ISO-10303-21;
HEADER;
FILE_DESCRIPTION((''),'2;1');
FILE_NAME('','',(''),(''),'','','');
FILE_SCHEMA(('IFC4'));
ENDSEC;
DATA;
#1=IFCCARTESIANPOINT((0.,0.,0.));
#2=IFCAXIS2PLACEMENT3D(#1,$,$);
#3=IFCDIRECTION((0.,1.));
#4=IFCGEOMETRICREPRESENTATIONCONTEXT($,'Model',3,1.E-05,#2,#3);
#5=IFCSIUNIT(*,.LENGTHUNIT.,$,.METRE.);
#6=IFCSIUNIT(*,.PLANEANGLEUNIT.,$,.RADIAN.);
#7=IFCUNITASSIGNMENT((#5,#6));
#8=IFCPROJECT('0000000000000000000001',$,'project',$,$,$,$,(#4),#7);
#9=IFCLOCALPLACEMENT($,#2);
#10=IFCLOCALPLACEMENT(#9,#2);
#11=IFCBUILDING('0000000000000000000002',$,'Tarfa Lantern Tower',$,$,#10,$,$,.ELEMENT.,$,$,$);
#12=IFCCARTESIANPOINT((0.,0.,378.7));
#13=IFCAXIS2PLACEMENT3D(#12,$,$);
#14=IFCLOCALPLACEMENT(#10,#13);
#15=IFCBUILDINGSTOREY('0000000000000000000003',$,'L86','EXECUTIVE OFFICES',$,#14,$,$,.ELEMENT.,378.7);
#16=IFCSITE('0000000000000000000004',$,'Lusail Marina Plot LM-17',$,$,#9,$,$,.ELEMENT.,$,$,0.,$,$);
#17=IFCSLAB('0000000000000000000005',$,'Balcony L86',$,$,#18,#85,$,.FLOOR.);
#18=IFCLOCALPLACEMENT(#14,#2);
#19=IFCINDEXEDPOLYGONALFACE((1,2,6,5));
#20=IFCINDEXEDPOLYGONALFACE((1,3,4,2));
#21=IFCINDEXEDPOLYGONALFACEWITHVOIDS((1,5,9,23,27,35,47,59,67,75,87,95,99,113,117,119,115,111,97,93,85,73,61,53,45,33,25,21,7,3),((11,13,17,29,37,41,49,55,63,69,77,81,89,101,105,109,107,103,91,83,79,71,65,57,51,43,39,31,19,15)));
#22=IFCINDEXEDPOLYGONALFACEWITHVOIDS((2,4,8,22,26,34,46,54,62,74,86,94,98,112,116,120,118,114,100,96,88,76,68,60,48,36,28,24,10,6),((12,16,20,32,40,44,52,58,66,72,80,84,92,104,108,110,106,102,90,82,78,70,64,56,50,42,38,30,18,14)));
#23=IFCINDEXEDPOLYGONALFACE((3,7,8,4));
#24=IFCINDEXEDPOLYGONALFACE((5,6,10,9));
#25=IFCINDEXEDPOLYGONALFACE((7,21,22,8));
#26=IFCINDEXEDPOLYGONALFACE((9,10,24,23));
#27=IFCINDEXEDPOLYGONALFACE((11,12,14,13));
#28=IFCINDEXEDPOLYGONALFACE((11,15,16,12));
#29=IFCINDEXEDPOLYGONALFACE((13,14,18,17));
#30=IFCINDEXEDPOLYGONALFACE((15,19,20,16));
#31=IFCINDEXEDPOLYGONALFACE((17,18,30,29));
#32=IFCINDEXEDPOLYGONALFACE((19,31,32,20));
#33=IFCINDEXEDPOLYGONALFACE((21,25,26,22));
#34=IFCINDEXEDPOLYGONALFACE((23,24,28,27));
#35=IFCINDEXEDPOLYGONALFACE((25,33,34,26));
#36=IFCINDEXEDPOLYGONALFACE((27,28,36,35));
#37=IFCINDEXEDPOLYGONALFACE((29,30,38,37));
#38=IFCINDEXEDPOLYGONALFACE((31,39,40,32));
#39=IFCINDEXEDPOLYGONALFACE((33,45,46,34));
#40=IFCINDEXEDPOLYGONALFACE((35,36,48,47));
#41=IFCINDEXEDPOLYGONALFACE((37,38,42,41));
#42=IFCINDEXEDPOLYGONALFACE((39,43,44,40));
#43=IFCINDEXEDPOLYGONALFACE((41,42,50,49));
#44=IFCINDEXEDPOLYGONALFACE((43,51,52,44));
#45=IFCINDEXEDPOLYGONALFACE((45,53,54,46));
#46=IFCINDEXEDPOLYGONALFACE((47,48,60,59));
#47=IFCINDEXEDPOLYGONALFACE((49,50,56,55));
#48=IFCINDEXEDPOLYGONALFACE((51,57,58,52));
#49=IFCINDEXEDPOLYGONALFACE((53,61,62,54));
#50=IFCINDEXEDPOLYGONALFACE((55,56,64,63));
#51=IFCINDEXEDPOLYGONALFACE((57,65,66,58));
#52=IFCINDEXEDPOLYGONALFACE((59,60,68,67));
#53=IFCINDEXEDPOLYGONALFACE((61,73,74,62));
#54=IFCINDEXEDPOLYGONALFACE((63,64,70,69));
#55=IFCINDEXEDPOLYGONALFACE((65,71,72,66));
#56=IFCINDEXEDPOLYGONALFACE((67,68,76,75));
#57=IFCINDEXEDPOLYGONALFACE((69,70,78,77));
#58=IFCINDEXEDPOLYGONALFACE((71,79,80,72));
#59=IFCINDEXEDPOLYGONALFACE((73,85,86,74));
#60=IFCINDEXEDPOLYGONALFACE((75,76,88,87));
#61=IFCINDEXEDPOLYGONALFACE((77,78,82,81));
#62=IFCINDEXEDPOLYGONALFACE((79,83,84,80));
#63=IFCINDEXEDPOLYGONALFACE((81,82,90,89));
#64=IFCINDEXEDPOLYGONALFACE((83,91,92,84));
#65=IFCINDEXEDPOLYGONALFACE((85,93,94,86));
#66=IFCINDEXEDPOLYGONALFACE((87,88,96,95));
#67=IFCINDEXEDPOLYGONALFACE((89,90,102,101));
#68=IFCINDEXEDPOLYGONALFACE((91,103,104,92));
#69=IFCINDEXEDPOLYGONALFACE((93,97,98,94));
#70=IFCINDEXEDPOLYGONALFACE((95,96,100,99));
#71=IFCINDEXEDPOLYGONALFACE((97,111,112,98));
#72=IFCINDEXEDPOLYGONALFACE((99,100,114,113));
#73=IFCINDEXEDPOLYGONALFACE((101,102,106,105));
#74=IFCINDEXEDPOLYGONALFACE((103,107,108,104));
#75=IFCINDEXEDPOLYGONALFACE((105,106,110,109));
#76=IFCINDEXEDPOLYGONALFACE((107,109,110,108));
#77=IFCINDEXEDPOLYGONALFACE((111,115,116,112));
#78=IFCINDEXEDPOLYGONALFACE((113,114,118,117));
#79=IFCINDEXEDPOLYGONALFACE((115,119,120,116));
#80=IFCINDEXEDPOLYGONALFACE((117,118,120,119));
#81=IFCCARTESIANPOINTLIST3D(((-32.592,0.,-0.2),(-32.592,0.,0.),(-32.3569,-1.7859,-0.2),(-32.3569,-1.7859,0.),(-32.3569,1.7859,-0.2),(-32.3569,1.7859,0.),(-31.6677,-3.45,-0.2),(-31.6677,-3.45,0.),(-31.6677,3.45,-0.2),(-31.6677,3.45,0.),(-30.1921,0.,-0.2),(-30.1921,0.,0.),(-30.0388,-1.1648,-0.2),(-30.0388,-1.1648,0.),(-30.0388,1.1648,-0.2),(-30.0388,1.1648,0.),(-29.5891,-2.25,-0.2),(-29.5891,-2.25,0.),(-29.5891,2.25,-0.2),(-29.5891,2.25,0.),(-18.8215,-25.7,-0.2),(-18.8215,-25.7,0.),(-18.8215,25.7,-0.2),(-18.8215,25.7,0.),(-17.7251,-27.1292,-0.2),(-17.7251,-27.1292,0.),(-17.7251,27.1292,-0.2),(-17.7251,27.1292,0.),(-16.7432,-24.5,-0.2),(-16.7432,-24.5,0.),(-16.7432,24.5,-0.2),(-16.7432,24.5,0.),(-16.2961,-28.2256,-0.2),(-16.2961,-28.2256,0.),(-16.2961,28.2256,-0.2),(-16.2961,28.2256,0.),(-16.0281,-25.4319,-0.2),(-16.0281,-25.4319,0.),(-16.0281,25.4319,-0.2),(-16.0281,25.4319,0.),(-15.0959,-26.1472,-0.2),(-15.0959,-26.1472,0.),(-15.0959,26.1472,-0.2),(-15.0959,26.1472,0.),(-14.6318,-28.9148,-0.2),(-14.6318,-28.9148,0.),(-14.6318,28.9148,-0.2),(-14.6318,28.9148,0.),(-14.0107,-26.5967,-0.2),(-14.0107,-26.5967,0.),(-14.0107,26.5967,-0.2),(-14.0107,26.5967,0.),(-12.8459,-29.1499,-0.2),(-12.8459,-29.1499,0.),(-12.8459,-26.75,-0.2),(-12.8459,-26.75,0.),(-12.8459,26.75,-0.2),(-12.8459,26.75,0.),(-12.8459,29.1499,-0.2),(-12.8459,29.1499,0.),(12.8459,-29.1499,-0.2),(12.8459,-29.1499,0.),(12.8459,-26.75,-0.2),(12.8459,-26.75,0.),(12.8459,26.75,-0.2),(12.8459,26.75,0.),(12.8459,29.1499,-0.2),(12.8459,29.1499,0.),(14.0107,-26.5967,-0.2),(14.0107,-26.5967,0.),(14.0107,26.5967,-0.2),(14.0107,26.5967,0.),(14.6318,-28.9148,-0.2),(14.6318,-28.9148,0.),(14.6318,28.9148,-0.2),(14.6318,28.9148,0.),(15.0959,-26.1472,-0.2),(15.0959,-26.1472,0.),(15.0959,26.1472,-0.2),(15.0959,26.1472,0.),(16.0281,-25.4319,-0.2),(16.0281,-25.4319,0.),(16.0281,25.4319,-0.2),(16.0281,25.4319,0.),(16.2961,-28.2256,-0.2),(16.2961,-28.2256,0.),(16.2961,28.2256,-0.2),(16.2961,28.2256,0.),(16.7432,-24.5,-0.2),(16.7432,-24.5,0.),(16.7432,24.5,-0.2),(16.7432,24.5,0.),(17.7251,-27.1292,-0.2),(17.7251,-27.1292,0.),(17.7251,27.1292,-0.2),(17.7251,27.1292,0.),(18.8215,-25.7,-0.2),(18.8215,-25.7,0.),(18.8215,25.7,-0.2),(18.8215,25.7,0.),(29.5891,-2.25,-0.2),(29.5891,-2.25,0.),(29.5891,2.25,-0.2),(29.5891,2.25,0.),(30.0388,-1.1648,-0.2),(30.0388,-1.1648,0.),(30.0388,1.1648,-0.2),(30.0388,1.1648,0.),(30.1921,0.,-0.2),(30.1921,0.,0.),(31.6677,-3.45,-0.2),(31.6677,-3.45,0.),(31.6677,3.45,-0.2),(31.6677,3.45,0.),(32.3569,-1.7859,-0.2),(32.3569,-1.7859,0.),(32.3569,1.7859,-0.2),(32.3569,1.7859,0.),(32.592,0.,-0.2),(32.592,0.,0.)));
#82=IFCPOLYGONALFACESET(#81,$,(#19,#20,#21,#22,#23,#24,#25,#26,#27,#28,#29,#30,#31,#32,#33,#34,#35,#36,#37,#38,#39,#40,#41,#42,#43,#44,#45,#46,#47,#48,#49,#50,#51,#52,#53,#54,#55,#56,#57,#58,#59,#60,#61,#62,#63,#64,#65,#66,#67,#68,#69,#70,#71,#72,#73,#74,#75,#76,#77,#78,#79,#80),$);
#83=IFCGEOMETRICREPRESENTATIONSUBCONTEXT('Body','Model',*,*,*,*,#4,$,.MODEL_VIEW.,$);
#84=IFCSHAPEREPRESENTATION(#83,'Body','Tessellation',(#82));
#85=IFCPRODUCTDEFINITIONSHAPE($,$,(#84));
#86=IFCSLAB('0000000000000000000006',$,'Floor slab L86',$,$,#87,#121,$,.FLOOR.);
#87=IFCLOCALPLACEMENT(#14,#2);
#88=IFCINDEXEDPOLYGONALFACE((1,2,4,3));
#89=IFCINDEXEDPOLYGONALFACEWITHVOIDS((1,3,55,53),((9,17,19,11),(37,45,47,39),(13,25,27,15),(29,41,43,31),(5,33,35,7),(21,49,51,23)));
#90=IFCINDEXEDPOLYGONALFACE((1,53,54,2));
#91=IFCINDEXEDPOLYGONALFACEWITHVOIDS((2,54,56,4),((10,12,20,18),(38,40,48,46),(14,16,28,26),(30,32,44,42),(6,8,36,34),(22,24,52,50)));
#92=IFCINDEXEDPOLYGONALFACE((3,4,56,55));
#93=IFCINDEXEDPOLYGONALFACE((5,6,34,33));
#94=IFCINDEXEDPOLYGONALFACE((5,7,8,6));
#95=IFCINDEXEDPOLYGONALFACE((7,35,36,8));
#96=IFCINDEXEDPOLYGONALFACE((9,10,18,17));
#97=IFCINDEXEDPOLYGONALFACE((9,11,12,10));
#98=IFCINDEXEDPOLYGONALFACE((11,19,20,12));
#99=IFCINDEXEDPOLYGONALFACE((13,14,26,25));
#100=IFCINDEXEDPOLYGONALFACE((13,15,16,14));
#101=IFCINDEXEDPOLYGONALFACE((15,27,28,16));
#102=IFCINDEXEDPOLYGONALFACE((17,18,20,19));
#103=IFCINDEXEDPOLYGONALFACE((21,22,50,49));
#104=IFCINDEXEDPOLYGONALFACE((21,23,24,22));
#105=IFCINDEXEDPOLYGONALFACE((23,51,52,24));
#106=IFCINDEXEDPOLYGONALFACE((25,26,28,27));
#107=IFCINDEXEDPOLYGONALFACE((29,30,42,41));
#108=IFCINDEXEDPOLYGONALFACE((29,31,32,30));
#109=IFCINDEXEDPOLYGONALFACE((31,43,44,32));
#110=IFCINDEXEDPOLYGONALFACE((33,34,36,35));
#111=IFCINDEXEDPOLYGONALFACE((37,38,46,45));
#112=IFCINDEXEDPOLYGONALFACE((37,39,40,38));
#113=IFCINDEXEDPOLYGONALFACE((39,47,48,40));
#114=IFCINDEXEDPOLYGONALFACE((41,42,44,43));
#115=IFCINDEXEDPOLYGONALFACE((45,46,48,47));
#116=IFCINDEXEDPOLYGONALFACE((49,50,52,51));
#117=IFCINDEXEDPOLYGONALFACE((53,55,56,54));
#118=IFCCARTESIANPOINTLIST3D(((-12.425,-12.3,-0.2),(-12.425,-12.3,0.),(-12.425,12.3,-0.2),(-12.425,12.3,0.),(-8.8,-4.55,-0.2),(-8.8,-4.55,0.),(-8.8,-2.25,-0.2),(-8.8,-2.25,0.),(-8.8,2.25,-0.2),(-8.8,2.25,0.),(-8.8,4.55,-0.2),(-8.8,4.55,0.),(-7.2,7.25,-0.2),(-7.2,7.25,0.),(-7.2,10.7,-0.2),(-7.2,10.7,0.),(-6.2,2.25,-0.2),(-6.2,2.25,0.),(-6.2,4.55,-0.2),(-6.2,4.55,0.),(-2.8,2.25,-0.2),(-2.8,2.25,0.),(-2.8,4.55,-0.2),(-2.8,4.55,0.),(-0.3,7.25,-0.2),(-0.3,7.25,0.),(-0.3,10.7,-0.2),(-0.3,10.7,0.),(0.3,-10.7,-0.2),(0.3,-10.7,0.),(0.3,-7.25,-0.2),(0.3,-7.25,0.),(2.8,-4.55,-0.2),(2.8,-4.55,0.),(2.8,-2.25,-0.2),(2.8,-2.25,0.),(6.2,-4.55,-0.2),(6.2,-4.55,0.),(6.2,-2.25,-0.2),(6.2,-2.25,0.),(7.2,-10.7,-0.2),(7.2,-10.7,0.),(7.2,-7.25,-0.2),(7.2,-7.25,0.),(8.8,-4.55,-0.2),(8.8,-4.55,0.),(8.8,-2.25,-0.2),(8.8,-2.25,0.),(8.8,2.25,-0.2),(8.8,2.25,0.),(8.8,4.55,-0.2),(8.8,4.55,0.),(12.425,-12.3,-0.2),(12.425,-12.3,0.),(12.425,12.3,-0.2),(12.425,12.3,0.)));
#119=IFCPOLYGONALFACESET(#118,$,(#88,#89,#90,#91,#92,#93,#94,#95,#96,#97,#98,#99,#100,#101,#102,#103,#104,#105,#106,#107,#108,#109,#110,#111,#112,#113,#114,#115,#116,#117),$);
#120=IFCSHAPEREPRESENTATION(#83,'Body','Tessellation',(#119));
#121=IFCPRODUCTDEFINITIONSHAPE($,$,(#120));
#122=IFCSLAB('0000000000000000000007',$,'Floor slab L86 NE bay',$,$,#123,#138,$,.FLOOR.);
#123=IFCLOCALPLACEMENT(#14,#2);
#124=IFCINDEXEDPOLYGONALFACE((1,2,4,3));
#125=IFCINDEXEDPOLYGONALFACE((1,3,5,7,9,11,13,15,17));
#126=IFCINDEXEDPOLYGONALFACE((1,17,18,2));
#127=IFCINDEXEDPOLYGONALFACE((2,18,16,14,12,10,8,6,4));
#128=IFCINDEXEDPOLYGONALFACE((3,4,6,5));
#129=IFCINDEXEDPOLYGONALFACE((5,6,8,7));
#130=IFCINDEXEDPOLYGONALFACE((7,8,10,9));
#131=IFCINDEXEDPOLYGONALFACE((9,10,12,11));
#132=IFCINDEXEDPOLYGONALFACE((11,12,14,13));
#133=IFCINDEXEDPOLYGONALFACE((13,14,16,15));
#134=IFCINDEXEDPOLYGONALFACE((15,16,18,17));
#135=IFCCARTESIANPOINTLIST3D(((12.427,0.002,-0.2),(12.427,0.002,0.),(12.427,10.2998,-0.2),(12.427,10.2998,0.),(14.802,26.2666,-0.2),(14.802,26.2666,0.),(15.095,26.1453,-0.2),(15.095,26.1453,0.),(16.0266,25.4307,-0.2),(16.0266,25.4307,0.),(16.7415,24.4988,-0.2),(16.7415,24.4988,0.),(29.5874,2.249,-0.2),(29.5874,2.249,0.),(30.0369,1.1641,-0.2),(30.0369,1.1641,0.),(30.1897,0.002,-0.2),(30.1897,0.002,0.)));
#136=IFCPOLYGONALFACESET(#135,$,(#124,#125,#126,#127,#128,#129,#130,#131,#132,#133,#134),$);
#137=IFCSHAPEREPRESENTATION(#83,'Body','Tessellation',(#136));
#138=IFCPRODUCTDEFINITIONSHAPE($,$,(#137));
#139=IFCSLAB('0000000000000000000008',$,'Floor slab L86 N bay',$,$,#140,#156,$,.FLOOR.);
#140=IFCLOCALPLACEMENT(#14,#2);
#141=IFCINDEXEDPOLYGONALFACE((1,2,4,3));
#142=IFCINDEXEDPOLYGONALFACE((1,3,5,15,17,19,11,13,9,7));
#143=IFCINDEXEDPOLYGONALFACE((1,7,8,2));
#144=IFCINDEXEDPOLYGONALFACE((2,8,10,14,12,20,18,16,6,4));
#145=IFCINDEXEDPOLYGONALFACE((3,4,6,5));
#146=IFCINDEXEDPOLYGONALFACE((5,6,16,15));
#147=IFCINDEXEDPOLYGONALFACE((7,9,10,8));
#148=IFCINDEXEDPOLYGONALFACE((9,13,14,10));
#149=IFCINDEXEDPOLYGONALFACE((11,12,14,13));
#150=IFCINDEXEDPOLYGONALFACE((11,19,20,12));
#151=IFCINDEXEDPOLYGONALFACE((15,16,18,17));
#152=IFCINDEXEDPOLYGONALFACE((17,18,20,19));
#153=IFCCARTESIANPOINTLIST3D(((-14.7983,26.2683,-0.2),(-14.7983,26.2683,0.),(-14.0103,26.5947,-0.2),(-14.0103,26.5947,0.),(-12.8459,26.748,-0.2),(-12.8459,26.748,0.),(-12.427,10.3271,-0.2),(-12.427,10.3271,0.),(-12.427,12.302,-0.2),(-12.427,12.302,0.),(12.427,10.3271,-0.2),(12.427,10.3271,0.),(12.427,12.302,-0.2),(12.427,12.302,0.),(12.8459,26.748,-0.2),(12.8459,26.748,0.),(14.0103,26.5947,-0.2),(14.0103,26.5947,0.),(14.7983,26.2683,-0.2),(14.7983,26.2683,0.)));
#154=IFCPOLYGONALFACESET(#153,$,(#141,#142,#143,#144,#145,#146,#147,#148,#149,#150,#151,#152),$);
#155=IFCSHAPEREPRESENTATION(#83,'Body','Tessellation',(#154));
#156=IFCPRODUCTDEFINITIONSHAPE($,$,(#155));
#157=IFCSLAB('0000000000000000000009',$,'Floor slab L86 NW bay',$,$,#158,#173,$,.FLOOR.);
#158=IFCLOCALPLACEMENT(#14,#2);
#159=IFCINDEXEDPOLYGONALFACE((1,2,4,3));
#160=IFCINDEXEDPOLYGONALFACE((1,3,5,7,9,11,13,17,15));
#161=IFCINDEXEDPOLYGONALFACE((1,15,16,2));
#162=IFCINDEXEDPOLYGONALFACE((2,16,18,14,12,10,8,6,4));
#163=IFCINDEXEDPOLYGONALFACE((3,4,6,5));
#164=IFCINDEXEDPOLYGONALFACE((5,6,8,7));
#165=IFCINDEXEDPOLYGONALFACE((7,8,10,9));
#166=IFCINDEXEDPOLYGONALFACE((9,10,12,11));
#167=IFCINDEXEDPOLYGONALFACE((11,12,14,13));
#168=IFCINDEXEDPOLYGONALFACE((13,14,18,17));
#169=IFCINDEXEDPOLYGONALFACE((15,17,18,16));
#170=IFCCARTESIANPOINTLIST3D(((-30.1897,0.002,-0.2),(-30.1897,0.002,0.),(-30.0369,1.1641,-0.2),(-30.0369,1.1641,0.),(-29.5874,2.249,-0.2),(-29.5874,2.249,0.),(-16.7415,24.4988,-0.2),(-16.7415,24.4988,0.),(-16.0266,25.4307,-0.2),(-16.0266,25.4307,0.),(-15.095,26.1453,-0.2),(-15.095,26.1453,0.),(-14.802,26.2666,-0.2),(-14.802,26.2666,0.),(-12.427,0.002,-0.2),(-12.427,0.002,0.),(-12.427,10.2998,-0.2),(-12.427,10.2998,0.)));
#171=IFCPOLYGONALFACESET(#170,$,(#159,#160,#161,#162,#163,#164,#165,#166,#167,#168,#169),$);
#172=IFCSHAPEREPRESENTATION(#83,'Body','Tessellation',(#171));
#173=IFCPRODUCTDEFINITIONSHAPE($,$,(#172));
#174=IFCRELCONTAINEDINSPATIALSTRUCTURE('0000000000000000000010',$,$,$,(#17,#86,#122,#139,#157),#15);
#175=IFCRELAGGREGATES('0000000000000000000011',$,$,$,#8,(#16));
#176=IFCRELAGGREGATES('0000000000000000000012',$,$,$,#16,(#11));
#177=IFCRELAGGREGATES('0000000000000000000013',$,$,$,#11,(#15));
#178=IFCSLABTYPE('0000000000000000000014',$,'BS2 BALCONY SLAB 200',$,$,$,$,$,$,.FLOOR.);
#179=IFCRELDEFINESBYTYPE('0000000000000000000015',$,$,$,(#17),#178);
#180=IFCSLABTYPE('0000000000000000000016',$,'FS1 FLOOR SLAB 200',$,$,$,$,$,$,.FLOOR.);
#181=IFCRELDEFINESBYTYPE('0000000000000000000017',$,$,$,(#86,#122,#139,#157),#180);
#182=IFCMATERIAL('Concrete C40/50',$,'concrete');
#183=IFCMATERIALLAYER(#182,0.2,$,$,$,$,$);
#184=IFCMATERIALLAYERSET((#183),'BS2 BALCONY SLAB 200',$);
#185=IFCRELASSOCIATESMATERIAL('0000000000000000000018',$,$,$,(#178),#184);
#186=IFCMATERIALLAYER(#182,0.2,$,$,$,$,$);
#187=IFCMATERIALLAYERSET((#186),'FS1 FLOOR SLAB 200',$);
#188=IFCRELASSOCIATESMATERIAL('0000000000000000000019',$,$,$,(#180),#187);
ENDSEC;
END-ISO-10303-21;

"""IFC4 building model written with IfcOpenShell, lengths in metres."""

from ifc_helpers import new_model, si_unit, direction, frame, origin, place, context, subcontext, project, spatial, polyline, outline, extrude, material, layer, layer_set, type_object, element, save


model = new_model("IFC4")

# Units and contexts
model_context = context("Model", 3, precision=1e-05, world=origin(), true_north=direction((0.0, 1.0)))
body_context = subcontext(model_context, "Body", "Model", "MODEL_VIEW")
ifc_project = project(units=[si_unit("LENGTHUNIT", "METRE"), si_unit("PLANEANGLEUNIT", "RADIAN")], contexts=[model_context])

# Site, building, storey
site_placement = place(None, origin())
site = spatial("IfcSite", under=ifc_project, at=site_placement, Name="Lusail Marina Plot LM-17", CompositionType="ELEMENT", RefElevation=0.0)
building_placement = place(site_placement, origin())
building = spatial("IfcBuilding", under=site, at=building_placement, Name="Tarfa Lantern Tower", CompositionType="ELEMENT")
storey_placement = place(building_placement, frame((0.0, 0.0, 378.7)))
storey = spatial("IfcBuildingStorey", under=building, at=storey_placement, Name="L86", Description="EXECUTIVE OFFICES", CompositionType="ELEMENT", Elevation=378.7)

# Slabs
ifc_material_1 = material(Name="Concrete C40/50", Category="concrete")
ifc_layer_1 = layer(ifc_material_1, 0.2)
ifc_layer_set_1 = layer_set([ifc_layer_1], Name="BS2 BALCONY SLAB 200")
slab_type_1 = type_object("IfcSlabType", Name="BS2 BALCONY SLAB 200", PredefinedType="FLOOR", material=ifc_layer_set_1)
slab_1_placement = place(storey_placement, frame((0.0, 0.0, -0.2)))
element("IfcSlab", 1, at=slab_1_placement, inside=storey, type_object=slab_type_1, Name="Balcony L86", PredefinedType="FLOOR", context=body_context, shape_type="SweptSolid", body=[
    extrude(outline(polyline([(31.6677, 3.45), (18.8215, 25.7), (17.7251, 27.1292), (16.2961, 28.2256), (14.6318, 28.9148), (12.8459, 29.1499), (-12.8459, 29.1499), (-14.6318, 28.9148), (-16.2961, 28.2256), (-17.7251, 27.1292), (-18.8215, 25.7), (-31.6677, 3.45), (-32.3569, 1.7859), (-32.592, 0.0), (-32.3569, -1.7859), (-31.6677, -3.45), (-18.8215, -25.7), (-17.7251, -27.1292), (-16.2961, -28.2256), (-14.6318, -28.9148), (-12.8459, -29.1499), (12.8459, -29.1499), (14.6318, -28.9148), (16.2961, -28.2256), (17.7251, -27.1292), (18.8215, -25.7), (31.6677, -3.45), (32.3569, -1.7859), (32.592, 0.0), (32.3569, 1.7859), (31.6677, 3.45)]), holes=[polyline([(29.5891, 2.25), (16.7432, 24.5), (16.0281, 25.4319), (15.0959, 26.1472), (14.0107, 26.5967), (12.8459, 26.75), (-12.8459, 26.75), (-14.0107, 26.5967), (-15.0959, 26.1472), (-16.0281, 25.4319), (-16.7432, 24.5), (-29.5891, 2.25), (-30.0388, 1.1648), (-30.1921, 0.0), (-30.0388, -1.1648), (-29.5891, -2.25), (-16.7432, -24.5), (-16.0281, -25.4319), (-15.0959, -26.1472), (-14.0107, -26.5967), (-12.8459, -26.75), (12.8459, -26.75), (14.0107, -26.5967), (15.0959, -26.1472), (16.0281, -25.4319), (16.7432, -24.5), (29.5891, -2.25), (30.0388, -1.1648), (30.1921, 0.0), (30.0388, 1.1648), (29.5891, 2.25)])]), origin(), (0.0, 0.0, 1.0), 0.2),
])
ifc_layer_2 = layer(ifc_material_1, 0.2)
ifc_layer_set_2 = layer_set([ifc_layer_2], Name="FS1 FLOOR SLAB 200")
slab_type_2 = type_object("IfcSlabType", Name="FS1 FLOOR SLAB 200", PredefinedType="FLOOR", material=ifc_layer_set_2)
slab_2_placement = place(storey_placement, frame((0.0, 0.0, -0.2)))
element("IfcSlab", 2, at=slab_2_placement, inside=storey, type_object=slab_type_2, Name="Floor slab L86", PredefinedType="FLOOR", context=body_context, shape_type="SweptSolid", body=[
    extrude(outline(polyline([(-12.425, -12.3), (12.425, -12.3), (12.425, 12.3), (-12.425, 12.3), (-12.425, -12.3)]), holes=[polyline([(-8.8, 2.25), (-6.2, 2.25), (-6.2, 4.55), (-8.8, 4.55), (-8.8, 2.25)]), polyline([(-2.8, 2.25), (8.8, 2.25), (8.8, 4.55), (-2.8, 4.55), (-2.8, 2.25)]), polyline([(8.8, -2.25), (6.2, -2.25), (6.2, -4.55), (8.8, -4.55), (8.8, -2.25)]), polyline([(2.8, -2.25), (-8.8, -2.25), (-8.8, -4.55), (2.8, -4.55), (2.8, -2.25)]), polyline([(-7.2, 7.25), (-0.3, 7.25), (-0.3, 10.7), (-7.2, 10.7), (-7.2, 7.25)]), polyline([(7.2, -7.25), (0.3, -7.25), (0.3, -10.7), (7.2, -10.7), (7.2, -7.25)])]), origin(), (0.0, 0.0, 1.0), 0.2),
])
slab_3_placement = place(storey_placement, frame((0.0, 0.0, -0.2)))
element("IfcSlab", 3, at=slab_3_placement, inside=storey, type_object=slab_type_2, Name="Floor slab L86 NE bay", PredefinedType="FLOOR", context=body_context, shape_type="SweptSolid", body=[
    extrude(outline(polyline([(29.5874, 2.249), (16.7415, 24.4988), (16.0266, 25.4307), (15.095, 26.1453), (14.802, 26.2666), (12.427, 10.2998), (12.427, 0.002), (30.1897, 0.002), (30.0369, 1.1641), (29.5874, 2.249)])), origin(), (0.0, 0.0, 1.0), 0.2),
])
slab_4_placement = place(storey_placement, frame((0.0, 0.0, -0.2)))
element("IfcSlab", 4, at=slab_4_placement, inside=storey, type_object=slab_type_2, Name="Floor slab L86 N bay", PredefinedType="FLOOR", context=body_context, shape_type="SweptSolid", body=[
    extrude(outline(polyline([(-12.427, 10.3271), (-12.427, 12.302), (12.427, 12.302), (12.427, 10.3271), (14.7983, 26.2683), (14.0103, 26.5947), (12.8459, 26.748), (-12.8459, 26.748), (-14.0103, 26.5947), (-14.7983, 26.2683), (-12.427, 10.3271)])), origin(), (0.0, 0.0, 1.0), 0.2),
])
slab_5_placement = place(storey_placement, frame((0.0, 0.0, -0.2)))
element("IfcSlab", 5, at=slab_5_placement, inside=storey, type_object=slab_type_2, Name="Floor slab L86 NW bay", PredefinedType="FLOOR", context=body_context, shape_type="SweptSolid", body=[
    extrude(outline(polyline([(-12.427, 0.002), (-12.427, 10.2998), (-14.802, 26.2666), (-15.095, 26.1453), (-16.0266, 25.4307), (-16.7415, 24.4988), (-29.5874, 2.249), (-30.0369, 1.1641), (-30.1897, 0.002), (-12.427, 0.002)])), origin(), (0.0, 0.0, 1.0), 0.2),
])

save(model, "model.ifc")
